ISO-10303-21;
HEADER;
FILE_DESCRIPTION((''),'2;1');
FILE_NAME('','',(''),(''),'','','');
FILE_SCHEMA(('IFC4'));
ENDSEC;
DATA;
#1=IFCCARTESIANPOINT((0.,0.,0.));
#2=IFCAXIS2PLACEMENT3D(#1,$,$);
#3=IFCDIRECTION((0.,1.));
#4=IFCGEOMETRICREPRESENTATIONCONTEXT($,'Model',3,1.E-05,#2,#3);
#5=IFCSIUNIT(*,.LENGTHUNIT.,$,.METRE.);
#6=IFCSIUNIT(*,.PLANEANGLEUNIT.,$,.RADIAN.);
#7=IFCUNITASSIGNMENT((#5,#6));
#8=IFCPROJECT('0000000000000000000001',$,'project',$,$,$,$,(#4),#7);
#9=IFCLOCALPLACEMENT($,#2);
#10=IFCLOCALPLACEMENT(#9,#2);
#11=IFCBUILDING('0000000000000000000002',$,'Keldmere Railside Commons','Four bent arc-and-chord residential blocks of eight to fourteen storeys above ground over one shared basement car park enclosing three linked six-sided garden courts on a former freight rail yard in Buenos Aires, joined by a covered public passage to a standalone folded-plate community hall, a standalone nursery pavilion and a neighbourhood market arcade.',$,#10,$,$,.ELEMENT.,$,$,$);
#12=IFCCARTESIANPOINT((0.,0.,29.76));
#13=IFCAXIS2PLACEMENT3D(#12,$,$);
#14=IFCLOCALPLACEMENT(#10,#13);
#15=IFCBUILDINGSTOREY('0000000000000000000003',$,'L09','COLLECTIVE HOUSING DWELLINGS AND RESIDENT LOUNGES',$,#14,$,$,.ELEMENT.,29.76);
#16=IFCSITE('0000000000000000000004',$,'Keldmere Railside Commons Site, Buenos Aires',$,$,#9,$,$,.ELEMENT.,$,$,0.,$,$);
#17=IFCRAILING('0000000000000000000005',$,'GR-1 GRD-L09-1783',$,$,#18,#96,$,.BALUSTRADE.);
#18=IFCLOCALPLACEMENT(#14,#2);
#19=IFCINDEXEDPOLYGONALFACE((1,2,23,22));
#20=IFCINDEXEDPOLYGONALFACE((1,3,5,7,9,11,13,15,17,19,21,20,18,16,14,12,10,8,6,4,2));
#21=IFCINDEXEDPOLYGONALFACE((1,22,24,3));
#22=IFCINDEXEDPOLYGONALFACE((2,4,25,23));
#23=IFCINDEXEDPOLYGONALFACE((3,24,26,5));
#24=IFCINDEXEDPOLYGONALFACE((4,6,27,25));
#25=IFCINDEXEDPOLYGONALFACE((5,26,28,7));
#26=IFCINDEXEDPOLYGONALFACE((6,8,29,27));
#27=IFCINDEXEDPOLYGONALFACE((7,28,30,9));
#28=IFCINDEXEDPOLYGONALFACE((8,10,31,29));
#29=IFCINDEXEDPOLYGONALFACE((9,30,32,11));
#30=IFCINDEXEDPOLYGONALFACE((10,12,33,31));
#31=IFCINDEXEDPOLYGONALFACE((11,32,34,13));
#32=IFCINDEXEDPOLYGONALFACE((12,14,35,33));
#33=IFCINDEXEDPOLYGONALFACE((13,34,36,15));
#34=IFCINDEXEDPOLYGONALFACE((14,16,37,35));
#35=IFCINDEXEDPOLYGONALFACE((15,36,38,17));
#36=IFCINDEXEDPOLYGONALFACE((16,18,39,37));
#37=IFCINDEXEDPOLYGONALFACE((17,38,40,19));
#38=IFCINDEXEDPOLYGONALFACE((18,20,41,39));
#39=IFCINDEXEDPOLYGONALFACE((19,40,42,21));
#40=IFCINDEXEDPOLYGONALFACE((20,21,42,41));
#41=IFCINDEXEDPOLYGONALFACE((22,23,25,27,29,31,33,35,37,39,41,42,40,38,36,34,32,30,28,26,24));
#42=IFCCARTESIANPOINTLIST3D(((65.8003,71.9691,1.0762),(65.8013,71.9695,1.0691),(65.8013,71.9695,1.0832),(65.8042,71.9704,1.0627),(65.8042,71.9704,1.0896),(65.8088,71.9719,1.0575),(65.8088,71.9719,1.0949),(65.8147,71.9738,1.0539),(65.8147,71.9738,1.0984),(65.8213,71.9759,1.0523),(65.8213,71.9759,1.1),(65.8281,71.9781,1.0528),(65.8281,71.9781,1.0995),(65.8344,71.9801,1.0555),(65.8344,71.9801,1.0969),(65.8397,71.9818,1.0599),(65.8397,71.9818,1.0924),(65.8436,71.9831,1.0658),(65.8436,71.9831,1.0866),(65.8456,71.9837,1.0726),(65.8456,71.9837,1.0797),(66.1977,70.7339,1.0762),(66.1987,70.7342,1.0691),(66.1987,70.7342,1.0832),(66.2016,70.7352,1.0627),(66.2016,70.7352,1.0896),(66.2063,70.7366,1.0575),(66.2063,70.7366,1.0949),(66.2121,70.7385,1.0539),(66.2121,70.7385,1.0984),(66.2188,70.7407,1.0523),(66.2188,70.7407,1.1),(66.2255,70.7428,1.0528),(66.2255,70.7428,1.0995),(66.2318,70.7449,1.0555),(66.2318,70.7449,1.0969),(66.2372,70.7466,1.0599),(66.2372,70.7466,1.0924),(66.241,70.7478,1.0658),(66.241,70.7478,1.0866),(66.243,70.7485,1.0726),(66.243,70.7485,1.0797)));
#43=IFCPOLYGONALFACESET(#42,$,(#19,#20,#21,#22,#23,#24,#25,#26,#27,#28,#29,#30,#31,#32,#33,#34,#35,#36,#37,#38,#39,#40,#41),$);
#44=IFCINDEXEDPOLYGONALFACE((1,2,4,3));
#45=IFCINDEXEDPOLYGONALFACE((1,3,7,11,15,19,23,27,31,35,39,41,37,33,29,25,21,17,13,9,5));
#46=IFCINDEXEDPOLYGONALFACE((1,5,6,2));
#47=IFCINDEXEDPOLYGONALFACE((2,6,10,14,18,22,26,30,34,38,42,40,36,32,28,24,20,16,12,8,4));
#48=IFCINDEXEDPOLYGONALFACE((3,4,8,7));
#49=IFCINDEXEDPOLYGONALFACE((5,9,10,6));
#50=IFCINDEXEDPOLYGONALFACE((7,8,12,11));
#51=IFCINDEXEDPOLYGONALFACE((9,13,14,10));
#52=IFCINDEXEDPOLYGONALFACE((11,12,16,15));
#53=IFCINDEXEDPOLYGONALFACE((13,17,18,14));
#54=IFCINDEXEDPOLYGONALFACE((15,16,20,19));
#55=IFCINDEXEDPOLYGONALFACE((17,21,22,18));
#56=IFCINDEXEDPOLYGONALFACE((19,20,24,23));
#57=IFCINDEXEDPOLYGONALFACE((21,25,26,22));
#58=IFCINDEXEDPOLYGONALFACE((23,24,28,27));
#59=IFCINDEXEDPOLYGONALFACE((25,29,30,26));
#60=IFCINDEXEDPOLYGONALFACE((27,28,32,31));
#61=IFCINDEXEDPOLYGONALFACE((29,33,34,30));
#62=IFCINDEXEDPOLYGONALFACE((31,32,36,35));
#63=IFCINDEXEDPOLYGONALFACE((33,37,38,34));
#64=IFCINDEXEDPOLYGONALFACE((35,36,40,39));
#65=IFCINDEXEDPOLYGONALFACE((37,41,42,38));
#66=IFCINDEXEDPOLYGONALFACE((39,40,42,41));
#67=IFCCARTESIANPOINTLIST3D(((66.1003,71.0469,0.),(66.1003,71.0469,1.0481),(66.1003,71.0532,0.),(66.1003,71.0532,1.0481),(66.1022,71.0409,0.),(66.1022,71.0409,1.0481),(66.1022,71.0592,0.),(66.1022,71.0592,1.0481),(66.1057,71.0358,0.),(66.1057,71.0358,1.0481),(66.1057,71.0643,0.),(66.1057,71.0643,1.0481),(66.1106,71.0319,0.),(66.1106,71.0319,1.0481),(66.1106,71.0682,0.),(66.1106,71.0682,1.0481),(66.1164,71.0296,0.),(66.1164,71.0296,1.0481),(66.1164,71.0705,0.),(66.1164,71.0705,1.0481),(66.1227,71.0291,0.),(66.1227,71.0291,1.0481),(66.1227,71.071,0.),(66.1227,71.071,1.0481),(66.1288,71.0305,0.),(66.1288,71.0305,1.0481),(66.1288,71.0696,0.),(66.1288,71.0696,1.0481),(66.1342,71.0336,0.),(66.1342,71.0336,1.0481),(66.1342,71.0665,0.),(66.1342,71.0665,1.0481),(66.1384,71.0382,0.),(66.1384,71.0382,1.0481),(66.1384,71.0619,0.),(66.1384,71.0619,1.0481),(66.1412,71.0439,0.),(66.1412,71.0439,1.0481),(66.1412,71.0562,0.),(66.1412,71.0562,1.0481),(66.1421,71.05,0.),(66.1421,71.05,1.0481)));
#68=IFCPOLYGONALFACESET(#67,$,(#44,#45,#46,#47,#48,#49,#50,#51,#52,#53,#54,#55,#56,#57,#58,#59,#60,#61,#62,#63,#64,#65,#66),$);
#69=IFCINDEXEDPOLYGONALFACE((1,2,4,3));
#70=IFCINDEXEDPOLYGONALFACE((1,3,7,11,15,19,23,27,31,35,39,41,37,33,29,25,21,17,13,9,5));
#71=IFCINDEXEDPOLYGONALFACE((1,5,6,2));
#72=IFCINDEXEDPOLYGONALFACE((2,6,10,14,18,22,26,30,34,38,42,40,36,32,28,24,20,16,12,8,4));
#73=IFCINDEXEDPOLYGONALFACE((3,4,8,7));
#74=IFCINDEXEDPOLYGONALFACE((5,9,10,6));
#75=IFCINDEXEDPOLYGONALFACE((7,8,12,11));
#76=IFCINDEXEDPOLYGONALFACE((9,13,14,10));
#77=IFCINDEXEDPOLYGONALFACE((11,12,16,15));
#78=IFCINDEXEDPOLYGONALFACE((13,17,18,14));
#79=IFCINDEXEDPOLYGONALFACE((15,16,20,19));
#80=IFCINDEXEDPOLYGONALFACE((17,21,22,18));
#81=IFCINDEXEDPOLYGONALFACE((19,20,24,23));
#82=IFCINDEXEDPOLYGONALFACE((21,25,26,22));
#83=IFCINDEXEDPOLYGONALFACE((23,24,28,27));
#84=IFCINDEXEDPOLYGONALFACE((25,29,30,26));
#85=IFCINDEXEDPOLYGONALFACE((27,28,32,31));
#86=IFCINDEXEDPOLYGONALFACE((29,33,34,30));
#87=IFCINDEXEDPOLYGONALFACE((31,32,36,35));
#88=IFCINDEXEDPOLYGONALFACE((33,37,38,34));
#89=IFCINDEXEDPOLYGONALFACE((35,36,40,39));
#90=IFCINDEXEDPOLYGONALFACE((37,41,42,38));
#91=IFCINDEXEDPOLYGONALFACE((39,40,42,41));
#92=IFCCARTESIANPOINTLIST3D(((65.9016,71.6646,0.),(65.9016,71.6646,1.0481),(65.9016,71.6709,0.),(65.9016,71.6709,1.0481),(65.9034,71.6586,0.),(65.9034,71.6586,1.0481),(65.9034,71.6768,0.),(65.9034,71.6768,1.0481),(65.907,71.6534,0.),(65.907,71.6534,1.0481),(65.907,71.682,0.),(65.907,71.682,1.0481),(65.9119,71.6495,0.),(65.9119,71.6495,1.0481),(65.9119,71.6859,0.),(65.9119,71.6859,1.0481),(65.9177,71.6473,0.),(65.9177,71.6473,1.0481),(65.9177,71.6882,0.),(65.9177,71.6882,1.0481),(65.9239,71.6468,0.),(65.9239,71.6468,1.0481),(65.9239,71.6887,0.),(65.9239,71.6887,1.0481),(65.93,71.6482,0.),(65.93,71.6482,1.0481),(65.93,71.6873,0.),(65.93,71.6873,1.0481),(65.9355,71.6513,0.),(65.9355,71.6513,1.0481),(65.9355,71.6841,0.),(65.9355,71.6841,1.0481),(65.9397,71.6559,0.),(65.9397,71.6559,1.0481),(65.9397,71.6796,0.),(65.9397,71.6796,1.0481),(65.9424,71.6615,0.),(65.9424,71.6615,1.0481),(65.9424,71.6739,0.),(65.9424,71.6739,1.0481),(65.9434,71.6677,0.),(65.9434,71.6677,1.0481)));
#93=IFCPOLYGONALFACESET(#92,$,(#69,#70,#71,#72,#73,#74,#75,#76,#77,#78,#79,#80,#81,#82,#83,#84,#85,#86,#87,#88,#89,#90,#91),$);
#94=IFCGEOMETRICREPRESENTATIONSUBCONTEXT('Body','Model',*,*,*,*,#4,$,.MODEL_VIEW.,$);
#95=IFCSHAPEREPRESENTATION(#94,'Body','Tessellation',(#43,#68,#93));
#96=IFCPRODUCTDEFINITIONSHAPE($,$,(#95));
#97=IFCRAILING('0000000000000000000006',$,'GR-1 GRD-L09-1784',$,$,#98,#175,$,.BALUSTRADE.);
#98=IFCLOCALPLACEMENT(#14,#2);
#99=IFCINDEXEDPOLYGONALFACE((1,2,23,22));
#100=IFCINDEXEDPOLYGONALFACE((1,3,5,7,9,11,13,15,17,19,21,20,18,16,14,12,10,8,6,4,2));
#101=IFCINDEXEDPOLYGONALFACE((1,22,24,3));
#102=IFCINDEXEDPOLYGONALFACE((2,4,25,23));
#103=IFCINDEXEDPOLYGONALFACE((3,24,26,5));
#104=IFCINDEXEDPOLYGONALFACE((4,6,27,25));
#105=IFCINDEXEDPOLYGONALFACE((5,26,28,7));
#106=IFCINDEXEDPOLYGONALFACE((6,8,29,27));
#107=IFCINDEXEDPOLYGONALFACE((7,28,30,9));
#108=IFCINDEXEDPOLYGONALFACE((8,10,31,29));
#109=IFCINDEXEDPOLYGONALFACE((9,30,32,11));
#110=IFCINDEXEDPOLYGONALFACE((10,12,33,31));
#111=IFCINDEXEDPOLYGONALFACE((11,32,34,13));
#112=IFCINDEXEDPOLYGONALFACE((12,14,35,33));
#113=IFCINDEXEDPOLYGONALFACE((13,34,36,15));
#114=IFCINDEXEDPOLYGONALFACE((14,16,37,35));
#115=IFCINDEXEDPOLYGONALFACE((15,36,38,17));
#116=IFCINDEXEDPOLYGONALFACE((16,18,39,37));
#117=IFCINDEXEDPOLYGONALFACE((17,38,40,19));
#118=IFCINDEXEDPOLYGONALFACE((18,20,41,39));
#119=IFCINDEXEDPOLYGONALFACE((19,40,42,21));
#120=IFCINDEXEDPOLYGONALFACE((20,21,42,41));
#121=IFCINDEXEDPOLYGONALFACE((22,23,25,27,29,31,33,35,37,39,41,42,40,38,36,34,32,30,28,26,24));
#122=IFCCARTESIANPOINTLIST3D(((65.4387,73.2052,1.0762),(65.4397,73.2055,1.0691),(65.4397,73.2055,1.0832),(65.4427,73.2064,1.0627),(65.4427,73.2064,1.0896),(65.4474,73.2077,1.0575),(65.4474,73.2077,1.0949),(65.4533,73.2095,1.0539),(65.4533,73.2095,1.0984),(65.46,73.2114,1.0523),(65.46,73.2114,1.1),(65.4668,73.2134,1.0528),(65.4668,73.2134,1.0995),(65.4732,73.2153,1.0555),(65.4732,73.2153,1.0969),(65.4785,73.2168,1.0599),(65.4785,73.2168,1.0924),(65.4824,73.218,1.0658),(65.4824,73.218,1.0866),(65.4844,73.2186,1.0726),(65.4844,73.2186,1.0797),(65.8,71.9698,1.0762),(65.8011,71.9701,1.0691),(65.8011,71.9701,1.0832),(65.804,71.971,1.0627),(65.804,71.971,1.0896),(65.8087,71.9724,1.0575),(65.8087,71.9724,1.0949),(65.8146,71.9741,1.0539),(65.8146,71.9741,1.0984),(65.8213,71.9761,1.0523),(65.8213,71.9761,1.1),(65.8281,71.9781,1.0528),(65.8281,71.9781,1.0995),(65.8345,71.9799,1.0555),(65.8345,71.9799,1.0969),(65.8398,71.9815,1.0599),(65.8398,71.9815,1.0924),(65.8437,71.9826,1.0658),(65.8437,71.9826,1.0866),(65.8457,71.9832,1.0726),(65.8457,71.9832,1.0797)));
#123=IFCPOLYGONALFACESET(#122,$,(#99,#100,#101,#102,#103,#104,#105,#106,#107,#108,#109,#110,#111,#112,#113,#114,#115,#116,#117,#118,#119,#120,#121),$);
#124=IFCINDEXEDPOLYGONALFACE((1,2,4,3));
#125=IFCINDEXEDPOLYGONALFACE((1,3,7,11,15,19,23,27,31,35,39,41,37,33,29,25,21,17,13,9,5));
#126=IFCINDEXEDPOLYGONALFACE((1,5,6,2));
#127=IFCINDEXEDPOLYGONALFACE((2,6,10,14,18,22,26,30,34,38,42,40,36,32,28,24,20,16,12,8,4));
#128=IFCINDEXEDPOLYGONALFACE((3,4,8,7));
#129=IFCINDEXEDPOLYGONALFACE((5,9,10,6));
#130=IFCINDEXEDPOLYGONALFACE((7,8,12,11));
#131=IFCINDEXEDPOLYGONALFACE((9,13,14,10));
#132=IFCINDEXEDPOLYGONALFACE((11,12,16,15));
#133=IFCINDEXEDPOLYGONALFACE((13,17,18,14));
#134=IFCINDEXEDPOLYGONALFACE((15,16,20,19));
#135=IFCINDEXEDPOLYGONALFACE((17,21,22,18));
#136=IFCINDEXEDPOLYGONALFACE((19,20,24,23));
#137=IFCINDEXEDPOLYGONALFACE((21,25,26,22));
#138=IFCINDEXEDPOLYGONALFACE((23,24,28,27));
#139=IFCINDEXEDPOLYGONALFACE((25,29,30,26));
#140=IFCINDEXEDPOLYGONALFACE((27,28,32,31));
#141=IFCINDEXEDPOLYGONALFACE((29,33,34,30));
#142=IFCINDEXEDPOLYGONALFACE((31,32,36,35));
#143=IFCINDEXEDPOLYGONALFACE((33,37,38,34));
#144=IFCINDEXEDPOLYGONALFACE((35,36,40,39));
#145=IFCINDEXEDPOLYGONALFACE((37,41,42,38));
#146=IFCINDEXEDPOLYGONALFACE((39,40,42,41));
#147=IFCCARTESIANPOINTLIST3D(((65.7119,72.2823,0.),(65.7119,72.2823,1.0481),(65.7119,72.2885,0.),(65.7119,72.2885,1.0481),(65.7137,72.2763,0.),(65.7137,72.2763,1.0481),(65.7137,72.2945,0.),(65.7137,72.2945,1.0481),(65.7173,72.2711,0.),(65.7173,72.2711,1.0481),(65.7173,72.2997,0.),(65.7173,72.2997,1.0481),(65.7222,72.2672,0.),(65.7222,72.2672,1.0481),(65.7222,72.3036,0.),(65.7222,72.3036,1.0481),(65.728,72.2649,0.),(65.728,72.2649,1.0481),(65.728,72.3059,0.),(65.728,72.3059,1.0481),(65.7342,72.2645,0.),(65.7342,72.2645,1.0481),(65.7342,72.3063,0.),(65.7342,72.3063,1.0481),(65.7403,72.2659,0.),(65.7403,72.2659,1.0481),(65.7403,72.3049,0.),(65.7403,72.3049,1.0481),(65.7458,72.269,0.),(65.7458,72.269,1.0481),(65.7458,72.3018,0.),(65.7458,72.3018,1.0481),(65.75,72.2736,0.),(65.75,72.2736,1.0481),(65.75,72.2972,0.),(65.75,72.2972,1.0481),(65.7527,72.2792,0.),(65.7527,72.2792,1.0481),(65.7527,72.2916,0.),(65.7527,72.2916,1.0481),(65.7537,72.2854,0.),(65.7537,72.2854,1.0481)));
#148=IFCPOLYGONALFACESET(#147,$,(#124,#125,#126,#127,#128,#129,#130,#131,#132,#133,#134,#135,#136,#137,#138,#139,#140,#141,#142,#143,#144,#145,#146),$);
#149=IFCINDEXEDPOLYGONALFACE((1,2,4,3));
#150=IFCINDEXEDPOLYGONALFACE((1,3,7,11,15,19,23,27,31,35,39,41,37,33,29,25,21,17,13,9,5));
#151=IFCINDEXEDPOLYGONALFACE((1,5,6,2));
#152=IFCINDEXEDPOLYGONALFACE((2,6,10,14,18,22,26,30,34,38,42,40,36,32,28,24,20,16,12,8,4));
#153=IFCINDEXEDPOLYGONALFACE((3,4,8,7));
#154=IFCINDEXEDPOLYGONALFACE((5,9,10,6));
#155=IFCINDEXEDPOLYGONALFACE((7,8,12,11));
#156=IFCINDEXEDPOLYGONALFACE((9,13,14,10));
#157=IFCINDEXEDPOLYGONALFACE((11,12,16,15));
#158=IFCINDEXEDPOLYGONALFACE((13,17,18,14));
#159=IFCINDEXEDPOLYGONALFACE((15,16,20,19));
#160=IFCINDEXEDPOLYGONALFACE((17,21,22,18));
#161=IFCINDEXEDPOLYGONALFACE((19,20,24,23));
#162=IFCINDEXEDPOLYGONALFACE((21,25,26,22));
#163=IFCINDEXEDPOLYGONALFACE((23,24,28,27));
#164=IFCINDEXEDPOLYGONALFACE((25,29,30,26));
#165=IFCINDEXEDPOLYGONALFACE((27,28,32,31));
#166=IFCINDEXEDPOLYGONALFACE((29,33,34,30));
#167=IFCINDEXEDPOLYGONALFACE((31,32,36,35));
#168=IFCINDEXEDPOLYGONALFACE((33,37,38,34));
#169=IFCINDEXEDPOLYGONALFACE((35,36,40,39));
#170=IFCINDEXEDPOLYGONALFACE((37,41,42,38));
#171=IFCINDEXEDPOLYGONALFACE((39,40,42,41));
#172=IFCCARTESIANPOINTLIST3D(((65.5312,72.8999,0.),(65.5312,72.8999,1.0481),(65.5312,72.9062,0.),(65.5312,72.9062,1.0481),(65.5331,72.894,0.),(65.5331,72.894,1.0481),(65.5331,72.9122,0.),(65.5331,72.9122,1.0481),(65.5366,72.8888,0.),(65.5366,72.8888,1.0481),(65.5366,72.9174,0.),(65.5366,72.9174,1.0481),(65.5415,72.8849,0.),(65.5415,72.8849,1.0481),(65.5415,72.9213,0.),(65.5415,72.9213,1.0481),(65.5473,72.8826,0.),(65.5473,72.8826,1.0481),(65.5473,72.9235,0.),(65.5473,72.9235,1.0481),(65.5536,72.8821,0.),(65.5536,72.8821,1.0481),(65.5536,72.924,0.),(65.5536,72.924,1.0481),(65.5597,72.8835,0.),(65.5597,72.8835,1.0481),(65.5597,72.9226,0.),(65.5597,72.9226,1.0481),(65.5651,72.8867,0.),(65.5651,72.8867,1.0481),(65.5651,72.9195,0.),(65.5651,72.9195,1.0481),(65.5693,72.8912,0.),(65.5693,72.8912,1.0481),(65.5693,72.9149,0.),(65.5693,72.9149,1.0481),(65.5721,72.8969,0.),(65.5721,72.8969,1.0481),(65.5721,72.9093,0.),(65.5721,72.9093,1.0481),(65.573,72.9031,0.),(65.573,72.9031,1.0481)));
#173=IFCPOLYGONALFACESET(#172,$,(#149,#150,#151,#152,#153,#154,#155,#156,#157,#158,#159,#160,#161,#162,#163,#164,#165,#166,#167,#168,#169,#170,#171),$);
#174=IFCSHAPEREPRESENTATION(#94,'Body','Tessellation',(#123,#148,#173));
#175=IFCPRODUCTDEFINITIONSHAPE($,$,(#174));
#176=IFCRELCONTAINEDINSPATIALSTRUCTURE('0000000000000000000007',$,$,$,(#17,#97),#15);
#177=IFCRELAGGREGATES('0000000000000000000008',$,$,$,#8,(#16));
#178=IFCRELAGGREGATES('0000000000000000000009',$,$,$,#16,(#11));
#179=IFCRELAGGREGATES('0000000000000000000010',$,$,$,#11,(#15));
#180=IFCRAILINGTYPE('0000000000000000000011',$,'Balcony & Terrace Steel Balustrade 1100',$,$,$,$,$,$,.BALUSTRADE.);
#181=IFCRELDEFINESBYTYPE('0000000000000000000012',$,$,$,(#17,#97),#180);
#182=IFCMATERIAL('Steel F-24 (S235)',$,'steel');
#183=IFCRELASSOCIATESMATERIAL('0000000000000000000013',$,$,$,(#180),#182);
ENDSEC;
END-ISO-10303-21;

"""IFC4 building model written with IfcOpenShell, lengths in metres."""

from ifc_helpers import new_model, si_unit, direction, frame, origin, origin_2d, place, context, subcontext, project, spatial, circle, extrude, material, type_object, element, save


model = new_model("IFC4")

# Units and contexts
model_context = context("Model", 3, precision=1e-05, world=origin(), true_north=direction((0.0, 1.0)))
body_context = subcontext(model_context, "Body", "Model", "MODEL_VIEW")
ifc_project = project(units=[si_unit("LENGTHUNIT", "METRE"), si_unit("PLANEANGLEUNIT", "RADIAN")], contexts=[model_context])

# Site, building, storey
site_placement = place(None, origin())
site = spatial("IfcSite", under=ifc_project, at=site_placement, Name="Keldmere Railside Commons Site, Buenos Aires", CompositionType="ELEMENT", RefElevation=0.0)
building_placement = place(site_placement, origin())
building = spatial("IfcBuilding", under=site, at=building_placement, Name="Keldmere Railside Commons", Description="Four bent arc-and-chord residential blocks of eight to fourteen storeys above ground over one shared basement car park enclosing three linked six-sided garden courts on a former freight rail yard in Buenos Aires, joined by a covered public passage to a standalone folded-plate community hall, a standalone nursery pavilion and a neighbourhood market arcade.", CompositionType="ELEMENT")
storey_placement = place(building_placement, frame((0.0, 0.0, 29.76)))
storey = spatial("IfcBuildingStorey", under=building, at=storey_placement, Name="L09", Description="COLLECTIVE HOUSING DWELLINGS AND RESIDENT LOUNGES", CompositionType="ELEMENT", Elevation=29.76)

# Railings
ifc_material_1 = material(Name="Steel F-24 (S235)", Category="steel")
railing_type = type_object("IfcRailingType", Name="Balcony & Terrace Steel Balustrade 1100", PredefinedType="BALUSTRADE", material=ifc_material_1)
railing_1_placement = place(storey_placement, frame((66.2205, 70.7412, 0.0)))
element("IfcRailing", 1, at=railing_1_placement, inside=storey, type_object=railing_type, Name="GR-1 GRD-L09-1783", PredefinedType="BALUSTRADE", context=body_context, shape_type="SweptSolid", body=[
    extrude(circle(Radius=0.0239, at=origin_2d()), frame((0.0, 0.0, 1.0762), z_axis=(-0.306277, 0.951942, 0.0), x_axis=(-0.951942, -0.306277, 0.0)), (0.0, 0.0, 1.0), 1.2976),
    extrude(circle(Radius=0.021, at=origin_2d()), frame((-0.0994, 0.3088, 0.0)), (0.0, 0.0, 1.0), 1.0481),
    extrude(circle(Radius=0.021, at=origin_2d()), frame((-0.2981, 0.9265, 0.0)), (0.0, 0.0, 1.0), 1.0481),
])
railing_2_placement = place(storey_placement, frame((65.823, 71.9766, 0.0)))
element("IfcRailing", 2, at=railing_2_placement, inside=storey, type_object=railing_type, Name="GR-1 GRD-L09-1784", PredefinedType="BALUSTRADE", context=body_context, shape_type="SweptSolid", body=[
    extrude(circle(Radius=0.0239, at=origin_2d()), frame((0.0, 0.0, 1.0762), z_axis=(-0.280728, 0.959787, 0.0), x_axis=(-0.959787, -0.280728, 0.0)), (0.0, 0.0, 1.0), 1.2871),
    extrude(circle(Radius=0.021, at=origin_2d()), frame((-0.0903, 0.3088, 0.0)), (0.0, 0.0, 1.0), 1.0481),
    extrude(circle(Radius=0.021, at=origin_2d()), frame((-0.271, 0.9265, 0.0)), (0.0, 0.0, 1.0), 1.0481),
])

save(model, "model.ifc")
